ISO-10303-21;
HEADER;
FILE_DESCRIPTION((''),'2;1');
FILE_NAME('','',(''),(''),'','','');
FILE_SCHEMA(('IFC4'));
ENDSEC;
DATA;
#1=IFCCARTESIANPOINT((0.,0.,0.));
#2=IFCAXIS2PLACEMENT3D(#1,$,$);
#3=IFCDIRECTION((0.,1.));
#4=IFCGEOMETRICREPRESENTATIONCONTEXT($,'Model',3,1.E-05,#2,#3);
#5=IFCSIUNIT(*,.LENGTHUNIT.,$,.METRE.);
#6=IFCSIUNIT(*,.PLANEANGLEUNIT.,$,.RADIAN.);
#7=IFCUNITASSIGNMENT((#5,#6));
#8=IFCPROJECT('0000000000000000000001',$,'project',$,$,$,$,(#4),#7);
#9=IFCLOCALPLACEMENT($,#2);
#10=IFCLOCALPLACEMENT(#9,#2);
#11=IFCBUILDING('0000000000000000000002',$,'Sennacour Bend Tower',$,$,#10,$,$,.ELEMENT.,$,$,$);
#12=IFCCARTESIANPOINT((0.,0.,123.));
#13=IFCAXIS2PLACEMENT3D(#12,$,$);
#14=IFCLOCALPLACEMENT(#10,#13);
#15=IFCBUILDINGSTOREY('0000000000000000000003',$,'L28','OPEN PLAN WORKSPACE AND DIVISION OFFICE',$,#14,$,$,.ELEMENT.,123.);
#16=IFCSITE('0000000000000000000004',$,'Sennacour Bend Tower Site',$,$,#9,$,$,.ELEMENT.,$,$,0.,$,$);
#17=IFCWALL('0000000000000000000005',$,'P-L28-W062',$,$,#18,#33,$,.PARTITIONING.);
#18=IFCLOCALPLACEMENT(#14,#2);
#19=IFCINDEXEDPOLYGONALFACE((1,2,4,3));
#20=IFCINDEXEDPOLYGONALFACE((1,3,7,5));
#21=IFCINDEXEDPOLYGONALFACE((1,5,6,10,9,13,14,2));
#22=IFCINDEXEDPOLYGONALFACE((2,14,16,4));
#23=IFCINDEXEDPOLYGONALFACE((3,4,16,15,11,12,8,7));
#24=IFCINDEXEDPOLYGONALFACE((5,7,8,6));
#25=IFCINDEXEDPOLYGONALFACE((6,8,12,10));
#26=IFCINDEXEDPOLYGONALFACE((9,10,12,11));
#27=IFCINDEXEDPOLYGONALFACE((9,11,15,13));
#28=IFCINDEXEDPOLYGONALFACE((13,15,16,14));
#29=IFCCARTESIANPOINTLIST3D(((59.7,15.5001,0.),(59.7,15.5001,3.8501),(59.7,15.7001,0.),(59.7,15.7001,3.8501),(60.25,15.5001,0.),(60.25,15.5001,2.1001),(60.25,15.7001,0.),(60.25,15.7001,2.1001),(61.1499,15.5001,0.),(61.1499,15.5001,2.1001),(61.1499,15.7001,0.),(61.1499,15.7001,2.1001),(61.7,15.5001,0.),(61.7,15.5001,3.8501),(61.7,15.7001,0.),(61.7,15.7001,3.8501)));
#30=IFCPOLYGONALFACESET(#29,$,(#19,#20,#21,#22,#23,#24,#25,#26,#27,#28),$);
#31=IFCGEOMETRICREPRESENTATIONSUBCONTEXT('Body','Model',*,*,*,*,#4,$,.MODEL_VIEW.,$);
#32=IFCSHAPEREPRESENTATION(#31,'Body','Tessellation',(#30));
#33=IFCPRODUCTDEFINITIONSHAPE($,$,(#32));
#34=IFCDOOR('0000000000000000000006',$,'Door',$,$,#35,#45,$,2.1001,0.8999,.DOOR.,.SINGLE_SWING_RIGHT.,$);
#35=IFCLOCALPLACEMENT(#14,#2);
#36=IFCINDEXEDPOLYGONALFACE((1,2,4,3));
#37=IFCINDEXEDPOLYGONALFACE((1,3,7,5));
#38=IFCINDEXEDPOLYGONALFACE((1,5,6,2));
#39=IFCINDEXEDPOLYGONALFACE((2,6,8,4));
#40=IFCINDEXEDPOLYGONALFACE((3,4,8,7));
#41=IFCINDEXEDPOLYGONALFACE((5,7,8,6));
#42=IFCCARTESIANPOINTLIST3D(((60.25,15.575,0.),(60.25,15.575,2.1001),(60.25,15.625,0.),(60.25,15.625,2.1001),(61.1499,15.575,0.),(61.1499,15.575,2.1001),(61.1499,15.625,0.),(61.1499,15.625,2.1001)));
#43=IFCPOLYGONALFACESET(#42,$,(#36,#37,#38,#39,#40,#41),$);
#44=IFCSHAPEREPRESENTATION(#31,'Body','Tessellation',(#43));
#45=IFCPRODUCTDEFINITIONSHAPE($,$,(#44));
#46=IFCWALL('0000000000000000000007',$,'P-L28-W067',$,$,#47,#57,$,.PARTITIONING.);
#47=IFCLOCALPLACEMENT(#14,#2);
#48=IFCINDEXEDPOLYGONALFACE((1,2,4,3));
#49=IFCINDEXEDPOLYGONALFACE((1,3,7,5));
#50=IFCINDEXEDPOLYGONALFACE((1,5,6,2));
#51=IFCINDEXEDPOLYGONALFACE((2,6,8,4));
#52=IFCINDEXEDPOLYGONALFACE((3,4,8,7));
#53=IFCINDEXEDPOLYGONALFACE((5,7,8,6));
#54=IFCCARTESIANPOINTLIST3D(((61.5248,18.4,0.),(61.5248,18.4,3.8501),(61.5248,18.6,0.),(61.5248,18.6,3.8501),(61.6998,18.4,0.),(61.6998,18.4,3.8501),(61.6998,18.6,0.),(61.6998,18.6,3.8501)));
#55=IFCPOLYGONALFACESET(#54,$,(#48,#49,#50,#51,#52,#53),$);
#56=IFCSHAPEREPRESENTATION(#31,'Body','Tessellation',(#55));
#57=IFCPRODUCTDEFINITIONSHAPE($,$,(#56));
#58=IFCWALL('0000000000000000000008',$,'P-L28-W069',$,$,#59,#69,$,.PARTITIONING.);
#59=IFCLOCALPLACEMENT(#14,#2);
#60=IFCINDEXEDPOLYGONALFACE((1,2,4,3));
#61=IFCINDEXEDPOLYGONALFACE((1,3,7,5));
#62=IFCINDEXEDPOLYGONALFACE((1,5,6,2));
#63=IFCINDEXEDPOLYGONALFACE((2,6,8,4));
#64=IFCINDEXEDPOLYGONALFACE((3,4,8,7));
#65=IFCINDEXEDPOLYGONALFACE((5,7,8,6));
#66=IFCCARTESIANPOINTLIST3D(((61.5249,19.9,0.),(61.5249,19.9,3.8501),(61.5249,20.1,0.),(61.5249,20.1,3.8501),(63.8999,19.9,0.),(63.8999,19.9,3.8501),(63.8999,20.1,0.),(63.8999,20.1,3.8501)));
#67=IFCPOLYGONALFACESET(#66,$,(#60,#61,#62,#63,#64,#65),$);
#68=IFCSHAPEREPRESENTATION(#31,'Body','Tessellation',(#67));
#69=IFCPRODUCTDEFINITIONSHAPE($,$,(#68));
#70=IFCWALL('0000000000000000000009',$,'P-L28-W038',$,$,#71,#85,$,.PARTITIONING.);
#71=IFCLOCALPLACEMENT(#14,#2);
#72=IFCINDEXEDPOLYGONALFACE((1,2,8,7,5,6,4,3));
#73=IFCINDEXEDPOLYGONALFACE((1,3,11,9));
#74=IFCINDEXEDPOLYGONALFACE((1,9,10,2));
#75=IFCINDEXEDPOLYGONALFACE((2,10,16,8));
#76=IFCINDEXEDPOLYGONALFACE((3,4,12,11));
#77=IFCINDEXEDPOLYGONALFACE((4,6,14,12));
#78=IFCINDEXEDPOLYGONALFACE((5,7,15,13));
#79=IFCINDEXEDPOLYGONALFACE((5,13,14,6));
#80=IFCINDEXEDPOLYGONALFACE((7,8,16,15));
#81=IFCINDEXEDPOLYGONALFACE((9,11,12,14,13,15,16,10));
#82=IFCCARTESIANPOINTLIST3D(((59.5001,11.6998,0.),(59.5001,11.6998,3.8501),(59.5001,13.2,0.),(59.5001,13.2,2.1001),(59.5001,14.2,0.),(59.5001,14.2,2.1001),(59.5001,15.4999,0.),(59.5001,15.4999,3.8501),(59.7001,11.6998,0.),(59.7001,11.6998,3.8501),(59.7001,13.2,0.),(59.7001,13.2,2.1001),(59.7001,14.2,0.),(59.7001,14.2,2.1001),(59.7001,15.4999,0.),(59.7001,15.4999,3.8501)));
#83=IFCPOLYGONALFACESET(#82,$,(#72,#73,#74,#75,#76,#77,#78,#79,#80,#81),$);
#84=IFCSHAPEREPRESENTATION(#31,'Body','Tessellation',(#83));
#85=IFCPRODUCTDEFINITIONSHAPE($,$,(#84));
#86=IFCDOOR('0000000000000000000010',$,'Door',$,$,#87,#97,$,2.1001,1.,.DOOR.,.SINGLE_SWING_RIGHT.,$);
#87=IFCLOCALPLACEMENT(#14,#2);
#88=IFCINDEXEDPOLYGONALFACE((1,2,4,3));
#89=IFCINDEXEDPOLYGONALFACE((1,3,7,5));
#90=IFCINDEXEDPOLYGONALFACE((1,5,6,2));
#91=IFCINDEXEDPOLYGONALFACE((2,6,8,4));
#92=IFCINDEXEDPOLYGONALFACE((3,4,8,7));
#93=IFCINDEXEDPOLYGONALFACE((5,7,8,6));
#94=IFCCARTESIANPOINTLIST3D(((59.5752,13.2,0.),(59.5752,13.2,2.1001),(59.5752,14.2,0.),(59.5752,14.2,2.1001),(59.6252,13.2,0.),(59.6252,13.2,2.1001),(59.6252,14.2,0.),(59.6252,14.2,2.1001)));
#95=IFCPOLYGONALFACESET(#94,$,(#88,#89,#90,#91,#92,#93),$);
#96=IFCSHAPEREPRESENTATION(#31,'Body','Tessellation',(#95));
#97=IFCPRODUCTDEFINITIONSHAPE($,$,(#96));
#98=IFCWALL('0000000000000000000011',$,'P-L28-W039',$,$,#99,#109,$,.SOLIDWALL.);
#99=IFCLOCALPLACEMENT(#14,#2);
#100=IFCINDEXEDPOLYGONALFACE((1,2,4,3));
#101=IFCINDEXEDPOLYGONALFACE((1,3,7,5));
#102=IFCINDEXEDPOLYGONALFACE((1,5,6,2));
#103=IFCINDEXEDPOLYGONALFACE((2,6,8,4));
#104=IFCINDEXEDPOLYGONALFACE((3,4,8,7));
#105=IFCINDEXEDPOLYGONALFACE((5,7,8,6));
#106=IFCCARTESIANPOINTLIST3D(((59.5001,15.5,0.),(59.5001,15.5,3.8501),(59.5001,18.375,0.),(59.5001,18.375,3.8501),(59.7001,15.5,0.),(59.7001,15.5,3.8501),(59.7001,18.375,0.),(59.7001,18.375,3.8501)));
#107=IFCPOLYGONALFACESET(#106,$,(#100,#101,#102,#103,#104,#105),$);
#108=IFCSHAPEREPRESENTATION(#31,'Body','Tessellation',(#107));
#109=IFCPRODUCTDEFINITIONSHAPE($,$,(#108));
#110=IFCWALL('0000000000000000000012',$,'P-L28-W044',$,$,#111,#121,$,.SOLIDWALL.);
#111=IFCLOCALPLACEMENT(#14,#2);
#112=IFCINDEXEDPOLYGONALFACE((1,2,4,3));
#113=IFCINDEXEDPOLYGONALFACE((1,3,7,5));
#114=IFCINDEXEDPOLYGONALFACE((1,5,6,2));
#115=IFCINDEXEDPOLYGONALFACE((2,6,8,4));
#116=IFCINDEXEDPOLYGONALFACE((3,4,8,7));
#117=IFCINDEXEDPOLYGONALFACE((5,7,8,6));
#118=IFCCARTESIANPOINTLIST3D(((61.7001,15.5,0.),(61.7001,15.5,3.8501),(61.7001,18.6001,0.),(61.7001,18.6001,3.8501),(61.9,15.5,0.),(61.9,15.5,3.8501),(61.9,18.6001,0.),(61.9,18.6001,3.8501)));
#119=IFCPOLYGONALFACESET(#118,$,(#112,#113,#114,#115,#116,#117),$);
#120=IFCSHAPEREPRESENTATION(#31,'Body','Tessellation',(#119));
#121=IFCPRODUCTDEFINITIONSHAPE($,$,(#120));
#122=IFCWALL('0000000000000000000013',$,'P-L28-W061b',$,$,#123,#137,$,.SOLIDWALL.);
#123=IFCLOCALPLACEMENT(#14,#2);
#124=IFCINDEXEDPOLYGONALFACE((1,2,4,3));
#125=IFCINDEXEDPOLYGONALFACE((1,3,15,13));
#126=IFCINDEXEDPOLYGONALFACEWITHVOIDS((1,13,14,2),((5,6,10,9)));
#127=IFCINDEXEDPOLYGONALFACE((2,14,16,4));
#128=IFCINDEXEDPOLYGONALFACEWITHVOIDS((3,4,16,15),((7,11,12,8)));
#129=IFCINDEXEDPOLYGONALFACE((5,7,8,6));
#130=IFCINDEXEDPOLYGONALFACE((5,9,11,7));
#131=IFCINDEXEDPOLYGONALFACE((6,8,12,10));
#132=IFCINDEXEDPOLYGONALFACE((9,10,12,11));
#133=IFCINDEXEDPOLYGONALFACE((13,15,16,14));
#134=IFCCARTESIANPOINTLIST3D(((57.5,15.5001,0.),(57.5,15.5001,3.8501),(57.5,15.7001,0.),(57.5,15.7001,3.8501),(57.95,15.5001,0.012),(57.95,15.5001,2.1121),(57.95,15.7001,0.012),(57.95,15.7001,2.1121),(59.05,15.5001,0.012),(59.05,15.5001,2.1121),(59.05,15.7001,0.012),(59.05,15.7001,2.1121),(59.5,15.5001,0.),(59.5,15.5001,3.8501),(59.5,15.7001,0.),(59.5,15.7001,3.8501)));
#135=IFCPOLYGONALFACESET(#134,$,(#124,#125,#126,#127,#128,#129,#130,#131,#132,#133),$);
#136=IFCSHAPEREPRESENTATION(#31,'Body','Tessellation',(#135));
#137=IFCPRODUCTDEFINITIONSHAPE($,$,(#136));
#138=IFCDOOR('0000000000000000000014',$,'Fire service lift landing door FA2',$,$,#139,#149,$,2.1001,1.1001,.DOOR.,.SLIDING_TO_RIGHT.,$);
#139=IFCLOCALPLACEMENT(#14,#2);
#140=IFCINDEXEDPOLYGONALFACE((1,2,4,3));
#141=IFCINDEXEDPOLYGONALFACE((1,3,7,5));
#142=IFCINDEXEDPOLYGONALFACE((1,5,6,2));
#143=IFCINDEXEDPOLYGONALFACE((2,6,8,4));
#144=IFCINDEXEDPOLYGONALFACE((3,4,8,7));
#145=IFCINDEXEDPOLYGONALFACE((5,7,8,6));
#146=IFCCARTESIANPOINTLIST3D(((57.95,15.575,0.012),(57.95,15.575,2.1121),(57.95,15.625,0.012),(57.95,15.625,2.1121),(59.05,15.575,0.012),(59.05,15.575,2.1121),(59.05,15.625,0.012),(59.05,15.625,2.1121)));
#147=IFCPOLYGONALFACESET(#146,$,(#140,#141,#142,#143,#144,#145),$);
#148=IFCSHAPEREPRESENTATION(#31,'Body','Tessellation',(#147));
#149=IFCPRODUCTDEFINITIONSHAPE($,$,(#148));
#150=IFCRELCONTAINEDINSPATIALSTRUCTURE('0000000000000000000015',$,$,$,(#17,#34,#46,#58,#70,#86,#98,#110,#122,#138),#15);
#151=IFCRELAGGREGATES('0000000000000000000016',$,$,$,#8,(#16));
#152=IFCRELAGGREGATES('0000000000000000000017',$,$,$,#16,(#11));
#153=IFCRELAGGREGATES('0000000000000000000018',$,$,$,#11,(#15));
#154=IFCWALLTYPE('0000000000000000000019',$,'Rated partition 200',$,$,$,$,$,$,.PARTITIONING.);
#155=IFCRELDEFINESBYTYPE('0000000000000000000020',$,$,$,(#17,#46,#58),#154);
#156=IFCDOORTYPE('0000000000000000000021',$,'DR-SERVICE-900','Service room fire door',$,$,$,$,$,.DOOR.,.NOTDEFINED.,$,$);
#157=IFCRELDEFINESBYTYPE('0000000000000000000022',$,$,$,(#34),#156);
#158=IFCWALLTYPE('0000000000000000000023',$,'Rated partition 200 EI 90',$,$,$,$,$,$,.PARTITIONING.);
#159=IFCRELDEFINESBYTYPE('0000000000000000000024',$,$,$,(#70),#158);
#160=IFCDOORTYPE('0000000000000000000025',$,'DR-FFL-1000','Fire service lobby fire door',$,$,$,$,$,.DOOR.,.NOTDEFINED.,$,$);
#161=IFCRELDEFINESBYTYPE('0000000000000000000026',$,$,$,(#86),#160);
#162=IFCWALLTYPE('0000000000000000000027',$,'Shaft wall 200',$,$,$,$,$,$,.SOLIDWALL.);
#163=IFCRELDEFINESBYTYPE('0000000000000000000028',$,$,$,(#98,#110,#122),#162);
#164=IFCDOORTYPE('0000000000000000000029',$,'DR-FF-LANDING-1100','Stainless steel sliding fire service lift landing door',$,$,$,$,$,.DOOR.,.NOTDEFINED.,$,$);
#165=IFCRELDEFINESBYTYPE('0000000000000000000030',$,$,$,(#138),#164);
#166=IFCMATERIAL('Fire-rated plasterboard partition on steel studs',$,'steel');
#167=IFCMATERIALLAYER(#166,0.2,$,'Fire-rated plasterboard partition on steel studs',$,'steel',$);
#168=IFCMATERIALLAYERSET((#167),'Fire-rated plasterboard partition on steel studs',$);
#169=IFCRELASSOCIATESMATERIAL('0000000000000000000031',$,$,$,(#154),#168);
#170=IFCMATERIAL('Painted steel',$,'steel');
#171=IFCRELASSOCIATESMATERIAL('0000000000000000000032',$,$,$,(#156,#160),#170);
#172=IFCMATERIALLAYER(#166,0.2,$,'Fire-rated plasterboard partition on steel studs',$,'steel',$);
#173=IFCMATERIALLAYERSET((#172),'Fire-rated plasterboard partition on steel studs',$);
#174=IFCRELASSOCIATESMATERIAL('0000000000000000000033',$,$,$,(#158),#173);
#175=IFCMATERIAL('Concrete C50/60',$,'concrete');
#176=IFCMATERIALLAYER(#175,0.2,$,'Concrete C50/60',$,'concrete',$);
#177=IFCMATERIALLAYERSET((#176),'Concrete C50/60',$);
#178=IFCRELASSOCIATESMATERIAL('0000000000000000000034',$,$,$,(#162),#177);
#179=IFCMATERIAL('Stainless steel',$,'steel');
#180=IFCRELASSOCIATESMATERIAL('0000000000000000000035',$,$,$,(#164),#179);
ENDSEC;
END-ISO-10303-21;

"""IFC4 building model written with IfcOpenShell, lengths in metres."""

from ifc_helpers import new_model, si_unit, direction, frame, frame_2d, origin, place, context, subcontext, project, spatial, rectangle, extrude, material, layer, layer_set, type_object, element, fill, save


model = new_model("IFC4")

# Units and contexts
model_context = context("Model", 3, precision=1e-05, world=origin(), true_north=direction((0.0, 1.0)))
body_context = subcontext(model_context, "Body", "Model", "MODEL_VIEW")
ifc_project = project(units=[si_unit("LENGTHUNIT", "METRE"), si_unit("PLANEANGLEUNIT", "RADIAN")], contexts=[model_context])

# Site, building, storey
site_placement = place(None, origin())
site = spatial("IfcSite", under=ifc_project, at=site_placement, Name="Sennacour Bend Tower Site", CompositionType="ELEMENT", RefElevation=0.0)
building_placement = place(site_placement, origin())
building = spatial("IfcBuilding", under=site, at=building_placement, Name="Sennacour Bend Tower", CompositionType="ELEMENT")
storey_placement = place(building_placement, frame((0.0, 0.0, 123.0)))
storey = spatial("IfcBuildingStorey", under=building, at=storey_placement, Name="L28", Description="OPEN PLAN WORKSPACE AND DIVISION OFFICE", CompositionType="ELEMENT", Elevation=123.0)

# Shared definitions
ifc_material_1 = material(Name="Fire-rated plasterboard partition on steel studs", Category="steel")
ifc_layer_1 = layer(ifc_material_1, 0.2, Name="Fire-rated plasterboard partition on steel studs", Category="steel")
ifc_layer_set_1 = layer_set([ifc_layer_1], Name="Fire-rated plasterboard partition on steel studs")
wall_type_1 = type_object("IfcWallType", Name="Rated partition 200", PredefinedType="PARTITIONING", material=ifc_layer_set_1)
ifc_material_2 = material(Name="Painted steel", Category="steel")
door_type_1 = type_object("IfcDoorType", Name="DR-SERVICE-900", Description="Service room fire door", OperationType="NOTDEFINED", PredefinedType="DOOR", material=ifc_material_2)

# Wall, opening, door
wall_1_placement = place(storey_placement, frame((59.7, 15.6001, 0.0), z_axis=(0.0, 0.0, 1.0), x_axis=(1.0, 0.0, 0.0)))
wall_1 = element("IfcWall", 1, at=wall_1_placement, inside=storey, type_object=wall_type_1, Name="P-L28-W062", PredefinedType="PARTITIONING", context=body_context, shape_type="SweptSolid", body=[
    extrude(rectangle(XDim=2.0, YDim=0.2, at=frame_2d((1.0, 0.0))), origin(), (0.0, 0.0, 1.0), 3.8501),
])
opening_1_placement = place(wall_1_placement, frame((0.55, 0.0, 0.0)))
opening_1 = element("IfcOpeningElement", 2, at=opening_1_placement, cuts=wall_1, PredefinedType="OPENING", context=body_context, shape_type="SweptSolid", body=[
    extrude(rectangle(XDim=0.8999, YDim=2.1001, at=frame_2d((0.45, 1.05))), frame((0.0, 0.1099, 0.0), z_axis=(0.0, -1.0, 0.0), x_axis=(1.0, 0.0, 0.0)), (0.0, 0.0, 1.0), 0.22),
])
door_1_placement = place(opening_1_placement, origin())
door_1 = element("IfcDoor", 3, at=door_1_placement, inside=storey, type_object=door_type_1, Name="Door", OperationType="SINGLE_SWING_RIGHT", OverallHeight=2.1001, OverallWidth=0.8999, PredefinedType="DOOR", context=body_context, shape_type="SweptSolid", body=[
    extrude(rectangle(XDim=0.8999, YDim=2.1001, at=frame_2d((0.45, 1.05))), frame((0.0, 0.0249, 0.0), z_axis=(0.0, -1.0, 0.0), x_axis=(1.0, 0.0, 0.0)), (0.0, 0.0, 1.0), 0.05),
])
fill(opening_1, door_1)

# Walls
wall_2_placement = place(storey_placement, frame((61.5249, 18.5, 0.0), z_axis=(0.0, 0.0, 1.0), x_axis=(1.0, 0.0, 0.0)))
element("IfcWall", 4, at=wall_2_placement, inside=storey, type_object=wall_type_1, Name="P-L28-W067", PredefinedType="PARTITIONING", context=body_context, shape_type="SweptSolid", body=[
    extrude(rectangle(XDim=0.175, YDim=0.2, at=frame_2d((0.0874, 0.0))), origin(), (0.0, 0.0, 1.0), 3.8501),
])
wall_3_placement = place(storey_placement, frame((61.5249, 20.0, 0.0), z_axis=(0.0, 0.0, 1.0), x_axis=(1.0, 0.0, 0.0)))
element("IfcWall", 5, at=wall_3_placement, inside=storey, type_object=wall_type_1, Name="P-L28-W069", PredefinedType="PARTITIONING", context=body_context, shape_type="SweptSolid", body=[
    extrude(rectangle(XDim=2.375, YDim=0.2, at=frame_2d((1.1875, 0.0))), origin(), (0.0, 0.0, 1.0), 3.8501),
])

# Wall, opening, door
ifc_layer_2 = layer(ifc_material_1, 0.2, Name="Fire-rated plasterboard partition on steel studs", Category="steel")
ifc_layer_set_2 = layer_set([ifc_layer_2], Name="Fire-rated plasterboard partition on steel studs")
wall_type_2 = type_object("IfcWallType", Name="Rated partition 200 EI 90", PredefinedType="PARTITIONING", material=ifc_layer_set_2)
wall_4_placement = place(storey_placement, frame((59.6001, 11.7, 0.0), z_axis=(0.0, 0.0, 1.0), x_axis=(0.0, 1.0, 0.0)))
wall_4 = element("IfcWall", 6, at=wall_4_placement, inside=storey, type_object=wall_type_2, Name="P-L28-W038", PredefinedType="PARTITIONING", context=body_context, shape_type="SweptSolid", body=[
    extrude(rectangle(XDim=3.8, YDim=0.2, at=frame_2d((1.8999, 0.0))), origin(), (0.0, 0.0, 1.0), 3.8501),
])
opening_2_placement = place(wall_4_placement, frame((1.5, 0.0, 0.0)))
opening_2 = element("IfcOpeningElement", 7, at=opening_2_placement, cuts=wall_4, PredefinedType="OPENING", context=body_context, shape_type="SweptSolid", body=[
    extrude(rectangle(XDim=1.0, YDim=2.1001, at=frame_2d((0.5, 1.05))), frame((0.0, 0.1099, 0.0), z_axis=(0.0, -1.0, 0.0), x_axis=(1.0, 0.0, 0.0)), (0.0, 0.0, 1.0), 0.22),
])
door_type_2 = type_object("IfcDoorType", Name="DR-FFL-1000", Description="Fire service lobby fire door", OperationType="NOTDEFINED", PredefinedType="DOOR", material=ifc_material_2)
door_2_placement = place(opening_2_placement, origin())
door_2 = element("IfcDoor", 8, at=door_2_placement, inside=storey, type_object=door_type_2, Name="Door", OperationType="SINGLE_SWING_RIGHT", OverallHeight=2.1001, OverallWidth=1.0, PredefinedType="DOOR", context=body_context, shape_type="SweptSolid", body=[
    extrude(rectangle(XDim=1.0, YDim=2.1001, at=frame_2d((0.5, 1.05))), frame((0.0, 0.0249, 0.0), z_axis=(0.0, -1.0, 0.0), x_axis=(1.0, 0.0, 0.0)), (0.0, 0.0, 1.0), 0.05),
])
fill(opening_2, door_2)

# Walls
ifc_material_3 = material(Name="Concrete C50/60", Category="concrete")
ifc_layer_3 = layer(ifc_material_3, 0.2, Name="Concrete C50/60", Category="concrete")
ifc_layer_set_3 = layer_set([ifc_layer_3], Name="Concrete C50/60")
wall_type_3 = type_object("IfcWallType", Name="Shaft wall 200", PredefinedType="SOLIDWALL", material=ifc_layer_set_3)
wall_5_placement = place(storey_placement, frame((59.6001, 15.5, 0.0), z_axis=(0.0, 0.0, 1.0), x_axis=(0.0, 1.0, 0.0)))
element("IfcWall", 9, at=wall_5_placement, inside=storey, type_object=wall_type_3, Name="P-L28-W039", PredefinedType="SOLIDWALL", context=body_context, shape_type="SweptSolid", body=[
    extrude(rectangle(XDim=2.875, YDim=0.2, at=frame_2d((1.4375, 0.0))), origin(), (0.0, 0.0, 1.0), 3.8501),
])
wall_6_placement = place(storey_placement, frame((61.8, 15.5, 0.0), z_axis=(0.0, 0.0, 1.0), x_axis=(0.0, 1.0, 0.0)))
element("IfcWall", 10, at=wall_6_placement, inside=storey, type_object=wall_type_3, Name="P-L28-W044", PredefinedType="SOLIDWALL", context=body_context, shape_type="SweptSolid", body=[
    extrude(rectangle(XDim=3.1001, YDim=0.2, at=frame_2d((1.55, 0.0))), origin(), (0.0, 0.0, 1.0), 3.8501),
])

# Wall, opening, door
wall_7_placement = place(storey_placement, frame((57.5, 15.6001, 0.0), z_axis=(0.0, 0.0, 1.0), x_axis=(1.0, 0.0, 0.0)))
wall_7 = element("IfcWall", 11, at=wall_7_placement, inside=storey, type_object=wall_type_3, Name="P-L28-W061b", PredefinedType="SOLIDWALL", context=body_context, shape_type="SweptSolid", body=[
    extrude(rectangle(XDim=2.0, YDim=0.2, at=frame_2d((1.0, 0.0))), origin(), (0.0, 0.0, 1.0), 3.8501),
])
opening_3_placement = place(wall_7_placement, frame((0.45, 0.0, 0.012)))
opening_3 = element("IfcOpeningElement", 12, at=opening_3_placement, cuts=wall_7, PredefinedType="OPENING", context=body_context, shape_type="SweptSolid", body=[
    extrude(rectangle(XDim=1.1001, YDim=2.1001, at=frame_2d((0.55, 1.05))), frame((0.0, 0.1099, 0.0), z_axis=(0.0, -1.0, 0.0), x_axis=(1.0, 0.0, 0.0)), (0.0, 0.0, 1.0), 0.22),
])
ifc_material_4 = material(Name="Stainless steel", Category="steel")
door_type_3 = type_object("IfcDoorType", Name="DR-FF-LANDING-1100", Description="Stainless steel sliding fire service lift landing door", OperationType="NOTDEFINED", PredefinedType="DOOR", material=ifc_material_4)
door_3_placement = place(opening_3_placement, origin())
door_3 = element("IfcDoor", 13, at=door_3_placement, inside=storey, type_object=door_type_3, Name="Fire service lift landing door FA2", OperationType="SLIDING_TO_RIGHT", OverallHeight=2.1001, OverallWidth=1.1001, PredefinedType="DOOR", context=body_context, shape_type="SweptSolid", body=[
    extrude(rectangle(XDim=1.1001, YDim=2.1001, at=frame_2d((0.55, 1.05))), frame((0.0, 0.0249, 0.0), z_axis=(0.0, -1.0, 0.0), x_axis=(1.0, 0.0, 0.0)), (0.0, 0.0, 1.0), 0.05),
])
fill(opening_3, door_3)

save(model, "model.ifc")
